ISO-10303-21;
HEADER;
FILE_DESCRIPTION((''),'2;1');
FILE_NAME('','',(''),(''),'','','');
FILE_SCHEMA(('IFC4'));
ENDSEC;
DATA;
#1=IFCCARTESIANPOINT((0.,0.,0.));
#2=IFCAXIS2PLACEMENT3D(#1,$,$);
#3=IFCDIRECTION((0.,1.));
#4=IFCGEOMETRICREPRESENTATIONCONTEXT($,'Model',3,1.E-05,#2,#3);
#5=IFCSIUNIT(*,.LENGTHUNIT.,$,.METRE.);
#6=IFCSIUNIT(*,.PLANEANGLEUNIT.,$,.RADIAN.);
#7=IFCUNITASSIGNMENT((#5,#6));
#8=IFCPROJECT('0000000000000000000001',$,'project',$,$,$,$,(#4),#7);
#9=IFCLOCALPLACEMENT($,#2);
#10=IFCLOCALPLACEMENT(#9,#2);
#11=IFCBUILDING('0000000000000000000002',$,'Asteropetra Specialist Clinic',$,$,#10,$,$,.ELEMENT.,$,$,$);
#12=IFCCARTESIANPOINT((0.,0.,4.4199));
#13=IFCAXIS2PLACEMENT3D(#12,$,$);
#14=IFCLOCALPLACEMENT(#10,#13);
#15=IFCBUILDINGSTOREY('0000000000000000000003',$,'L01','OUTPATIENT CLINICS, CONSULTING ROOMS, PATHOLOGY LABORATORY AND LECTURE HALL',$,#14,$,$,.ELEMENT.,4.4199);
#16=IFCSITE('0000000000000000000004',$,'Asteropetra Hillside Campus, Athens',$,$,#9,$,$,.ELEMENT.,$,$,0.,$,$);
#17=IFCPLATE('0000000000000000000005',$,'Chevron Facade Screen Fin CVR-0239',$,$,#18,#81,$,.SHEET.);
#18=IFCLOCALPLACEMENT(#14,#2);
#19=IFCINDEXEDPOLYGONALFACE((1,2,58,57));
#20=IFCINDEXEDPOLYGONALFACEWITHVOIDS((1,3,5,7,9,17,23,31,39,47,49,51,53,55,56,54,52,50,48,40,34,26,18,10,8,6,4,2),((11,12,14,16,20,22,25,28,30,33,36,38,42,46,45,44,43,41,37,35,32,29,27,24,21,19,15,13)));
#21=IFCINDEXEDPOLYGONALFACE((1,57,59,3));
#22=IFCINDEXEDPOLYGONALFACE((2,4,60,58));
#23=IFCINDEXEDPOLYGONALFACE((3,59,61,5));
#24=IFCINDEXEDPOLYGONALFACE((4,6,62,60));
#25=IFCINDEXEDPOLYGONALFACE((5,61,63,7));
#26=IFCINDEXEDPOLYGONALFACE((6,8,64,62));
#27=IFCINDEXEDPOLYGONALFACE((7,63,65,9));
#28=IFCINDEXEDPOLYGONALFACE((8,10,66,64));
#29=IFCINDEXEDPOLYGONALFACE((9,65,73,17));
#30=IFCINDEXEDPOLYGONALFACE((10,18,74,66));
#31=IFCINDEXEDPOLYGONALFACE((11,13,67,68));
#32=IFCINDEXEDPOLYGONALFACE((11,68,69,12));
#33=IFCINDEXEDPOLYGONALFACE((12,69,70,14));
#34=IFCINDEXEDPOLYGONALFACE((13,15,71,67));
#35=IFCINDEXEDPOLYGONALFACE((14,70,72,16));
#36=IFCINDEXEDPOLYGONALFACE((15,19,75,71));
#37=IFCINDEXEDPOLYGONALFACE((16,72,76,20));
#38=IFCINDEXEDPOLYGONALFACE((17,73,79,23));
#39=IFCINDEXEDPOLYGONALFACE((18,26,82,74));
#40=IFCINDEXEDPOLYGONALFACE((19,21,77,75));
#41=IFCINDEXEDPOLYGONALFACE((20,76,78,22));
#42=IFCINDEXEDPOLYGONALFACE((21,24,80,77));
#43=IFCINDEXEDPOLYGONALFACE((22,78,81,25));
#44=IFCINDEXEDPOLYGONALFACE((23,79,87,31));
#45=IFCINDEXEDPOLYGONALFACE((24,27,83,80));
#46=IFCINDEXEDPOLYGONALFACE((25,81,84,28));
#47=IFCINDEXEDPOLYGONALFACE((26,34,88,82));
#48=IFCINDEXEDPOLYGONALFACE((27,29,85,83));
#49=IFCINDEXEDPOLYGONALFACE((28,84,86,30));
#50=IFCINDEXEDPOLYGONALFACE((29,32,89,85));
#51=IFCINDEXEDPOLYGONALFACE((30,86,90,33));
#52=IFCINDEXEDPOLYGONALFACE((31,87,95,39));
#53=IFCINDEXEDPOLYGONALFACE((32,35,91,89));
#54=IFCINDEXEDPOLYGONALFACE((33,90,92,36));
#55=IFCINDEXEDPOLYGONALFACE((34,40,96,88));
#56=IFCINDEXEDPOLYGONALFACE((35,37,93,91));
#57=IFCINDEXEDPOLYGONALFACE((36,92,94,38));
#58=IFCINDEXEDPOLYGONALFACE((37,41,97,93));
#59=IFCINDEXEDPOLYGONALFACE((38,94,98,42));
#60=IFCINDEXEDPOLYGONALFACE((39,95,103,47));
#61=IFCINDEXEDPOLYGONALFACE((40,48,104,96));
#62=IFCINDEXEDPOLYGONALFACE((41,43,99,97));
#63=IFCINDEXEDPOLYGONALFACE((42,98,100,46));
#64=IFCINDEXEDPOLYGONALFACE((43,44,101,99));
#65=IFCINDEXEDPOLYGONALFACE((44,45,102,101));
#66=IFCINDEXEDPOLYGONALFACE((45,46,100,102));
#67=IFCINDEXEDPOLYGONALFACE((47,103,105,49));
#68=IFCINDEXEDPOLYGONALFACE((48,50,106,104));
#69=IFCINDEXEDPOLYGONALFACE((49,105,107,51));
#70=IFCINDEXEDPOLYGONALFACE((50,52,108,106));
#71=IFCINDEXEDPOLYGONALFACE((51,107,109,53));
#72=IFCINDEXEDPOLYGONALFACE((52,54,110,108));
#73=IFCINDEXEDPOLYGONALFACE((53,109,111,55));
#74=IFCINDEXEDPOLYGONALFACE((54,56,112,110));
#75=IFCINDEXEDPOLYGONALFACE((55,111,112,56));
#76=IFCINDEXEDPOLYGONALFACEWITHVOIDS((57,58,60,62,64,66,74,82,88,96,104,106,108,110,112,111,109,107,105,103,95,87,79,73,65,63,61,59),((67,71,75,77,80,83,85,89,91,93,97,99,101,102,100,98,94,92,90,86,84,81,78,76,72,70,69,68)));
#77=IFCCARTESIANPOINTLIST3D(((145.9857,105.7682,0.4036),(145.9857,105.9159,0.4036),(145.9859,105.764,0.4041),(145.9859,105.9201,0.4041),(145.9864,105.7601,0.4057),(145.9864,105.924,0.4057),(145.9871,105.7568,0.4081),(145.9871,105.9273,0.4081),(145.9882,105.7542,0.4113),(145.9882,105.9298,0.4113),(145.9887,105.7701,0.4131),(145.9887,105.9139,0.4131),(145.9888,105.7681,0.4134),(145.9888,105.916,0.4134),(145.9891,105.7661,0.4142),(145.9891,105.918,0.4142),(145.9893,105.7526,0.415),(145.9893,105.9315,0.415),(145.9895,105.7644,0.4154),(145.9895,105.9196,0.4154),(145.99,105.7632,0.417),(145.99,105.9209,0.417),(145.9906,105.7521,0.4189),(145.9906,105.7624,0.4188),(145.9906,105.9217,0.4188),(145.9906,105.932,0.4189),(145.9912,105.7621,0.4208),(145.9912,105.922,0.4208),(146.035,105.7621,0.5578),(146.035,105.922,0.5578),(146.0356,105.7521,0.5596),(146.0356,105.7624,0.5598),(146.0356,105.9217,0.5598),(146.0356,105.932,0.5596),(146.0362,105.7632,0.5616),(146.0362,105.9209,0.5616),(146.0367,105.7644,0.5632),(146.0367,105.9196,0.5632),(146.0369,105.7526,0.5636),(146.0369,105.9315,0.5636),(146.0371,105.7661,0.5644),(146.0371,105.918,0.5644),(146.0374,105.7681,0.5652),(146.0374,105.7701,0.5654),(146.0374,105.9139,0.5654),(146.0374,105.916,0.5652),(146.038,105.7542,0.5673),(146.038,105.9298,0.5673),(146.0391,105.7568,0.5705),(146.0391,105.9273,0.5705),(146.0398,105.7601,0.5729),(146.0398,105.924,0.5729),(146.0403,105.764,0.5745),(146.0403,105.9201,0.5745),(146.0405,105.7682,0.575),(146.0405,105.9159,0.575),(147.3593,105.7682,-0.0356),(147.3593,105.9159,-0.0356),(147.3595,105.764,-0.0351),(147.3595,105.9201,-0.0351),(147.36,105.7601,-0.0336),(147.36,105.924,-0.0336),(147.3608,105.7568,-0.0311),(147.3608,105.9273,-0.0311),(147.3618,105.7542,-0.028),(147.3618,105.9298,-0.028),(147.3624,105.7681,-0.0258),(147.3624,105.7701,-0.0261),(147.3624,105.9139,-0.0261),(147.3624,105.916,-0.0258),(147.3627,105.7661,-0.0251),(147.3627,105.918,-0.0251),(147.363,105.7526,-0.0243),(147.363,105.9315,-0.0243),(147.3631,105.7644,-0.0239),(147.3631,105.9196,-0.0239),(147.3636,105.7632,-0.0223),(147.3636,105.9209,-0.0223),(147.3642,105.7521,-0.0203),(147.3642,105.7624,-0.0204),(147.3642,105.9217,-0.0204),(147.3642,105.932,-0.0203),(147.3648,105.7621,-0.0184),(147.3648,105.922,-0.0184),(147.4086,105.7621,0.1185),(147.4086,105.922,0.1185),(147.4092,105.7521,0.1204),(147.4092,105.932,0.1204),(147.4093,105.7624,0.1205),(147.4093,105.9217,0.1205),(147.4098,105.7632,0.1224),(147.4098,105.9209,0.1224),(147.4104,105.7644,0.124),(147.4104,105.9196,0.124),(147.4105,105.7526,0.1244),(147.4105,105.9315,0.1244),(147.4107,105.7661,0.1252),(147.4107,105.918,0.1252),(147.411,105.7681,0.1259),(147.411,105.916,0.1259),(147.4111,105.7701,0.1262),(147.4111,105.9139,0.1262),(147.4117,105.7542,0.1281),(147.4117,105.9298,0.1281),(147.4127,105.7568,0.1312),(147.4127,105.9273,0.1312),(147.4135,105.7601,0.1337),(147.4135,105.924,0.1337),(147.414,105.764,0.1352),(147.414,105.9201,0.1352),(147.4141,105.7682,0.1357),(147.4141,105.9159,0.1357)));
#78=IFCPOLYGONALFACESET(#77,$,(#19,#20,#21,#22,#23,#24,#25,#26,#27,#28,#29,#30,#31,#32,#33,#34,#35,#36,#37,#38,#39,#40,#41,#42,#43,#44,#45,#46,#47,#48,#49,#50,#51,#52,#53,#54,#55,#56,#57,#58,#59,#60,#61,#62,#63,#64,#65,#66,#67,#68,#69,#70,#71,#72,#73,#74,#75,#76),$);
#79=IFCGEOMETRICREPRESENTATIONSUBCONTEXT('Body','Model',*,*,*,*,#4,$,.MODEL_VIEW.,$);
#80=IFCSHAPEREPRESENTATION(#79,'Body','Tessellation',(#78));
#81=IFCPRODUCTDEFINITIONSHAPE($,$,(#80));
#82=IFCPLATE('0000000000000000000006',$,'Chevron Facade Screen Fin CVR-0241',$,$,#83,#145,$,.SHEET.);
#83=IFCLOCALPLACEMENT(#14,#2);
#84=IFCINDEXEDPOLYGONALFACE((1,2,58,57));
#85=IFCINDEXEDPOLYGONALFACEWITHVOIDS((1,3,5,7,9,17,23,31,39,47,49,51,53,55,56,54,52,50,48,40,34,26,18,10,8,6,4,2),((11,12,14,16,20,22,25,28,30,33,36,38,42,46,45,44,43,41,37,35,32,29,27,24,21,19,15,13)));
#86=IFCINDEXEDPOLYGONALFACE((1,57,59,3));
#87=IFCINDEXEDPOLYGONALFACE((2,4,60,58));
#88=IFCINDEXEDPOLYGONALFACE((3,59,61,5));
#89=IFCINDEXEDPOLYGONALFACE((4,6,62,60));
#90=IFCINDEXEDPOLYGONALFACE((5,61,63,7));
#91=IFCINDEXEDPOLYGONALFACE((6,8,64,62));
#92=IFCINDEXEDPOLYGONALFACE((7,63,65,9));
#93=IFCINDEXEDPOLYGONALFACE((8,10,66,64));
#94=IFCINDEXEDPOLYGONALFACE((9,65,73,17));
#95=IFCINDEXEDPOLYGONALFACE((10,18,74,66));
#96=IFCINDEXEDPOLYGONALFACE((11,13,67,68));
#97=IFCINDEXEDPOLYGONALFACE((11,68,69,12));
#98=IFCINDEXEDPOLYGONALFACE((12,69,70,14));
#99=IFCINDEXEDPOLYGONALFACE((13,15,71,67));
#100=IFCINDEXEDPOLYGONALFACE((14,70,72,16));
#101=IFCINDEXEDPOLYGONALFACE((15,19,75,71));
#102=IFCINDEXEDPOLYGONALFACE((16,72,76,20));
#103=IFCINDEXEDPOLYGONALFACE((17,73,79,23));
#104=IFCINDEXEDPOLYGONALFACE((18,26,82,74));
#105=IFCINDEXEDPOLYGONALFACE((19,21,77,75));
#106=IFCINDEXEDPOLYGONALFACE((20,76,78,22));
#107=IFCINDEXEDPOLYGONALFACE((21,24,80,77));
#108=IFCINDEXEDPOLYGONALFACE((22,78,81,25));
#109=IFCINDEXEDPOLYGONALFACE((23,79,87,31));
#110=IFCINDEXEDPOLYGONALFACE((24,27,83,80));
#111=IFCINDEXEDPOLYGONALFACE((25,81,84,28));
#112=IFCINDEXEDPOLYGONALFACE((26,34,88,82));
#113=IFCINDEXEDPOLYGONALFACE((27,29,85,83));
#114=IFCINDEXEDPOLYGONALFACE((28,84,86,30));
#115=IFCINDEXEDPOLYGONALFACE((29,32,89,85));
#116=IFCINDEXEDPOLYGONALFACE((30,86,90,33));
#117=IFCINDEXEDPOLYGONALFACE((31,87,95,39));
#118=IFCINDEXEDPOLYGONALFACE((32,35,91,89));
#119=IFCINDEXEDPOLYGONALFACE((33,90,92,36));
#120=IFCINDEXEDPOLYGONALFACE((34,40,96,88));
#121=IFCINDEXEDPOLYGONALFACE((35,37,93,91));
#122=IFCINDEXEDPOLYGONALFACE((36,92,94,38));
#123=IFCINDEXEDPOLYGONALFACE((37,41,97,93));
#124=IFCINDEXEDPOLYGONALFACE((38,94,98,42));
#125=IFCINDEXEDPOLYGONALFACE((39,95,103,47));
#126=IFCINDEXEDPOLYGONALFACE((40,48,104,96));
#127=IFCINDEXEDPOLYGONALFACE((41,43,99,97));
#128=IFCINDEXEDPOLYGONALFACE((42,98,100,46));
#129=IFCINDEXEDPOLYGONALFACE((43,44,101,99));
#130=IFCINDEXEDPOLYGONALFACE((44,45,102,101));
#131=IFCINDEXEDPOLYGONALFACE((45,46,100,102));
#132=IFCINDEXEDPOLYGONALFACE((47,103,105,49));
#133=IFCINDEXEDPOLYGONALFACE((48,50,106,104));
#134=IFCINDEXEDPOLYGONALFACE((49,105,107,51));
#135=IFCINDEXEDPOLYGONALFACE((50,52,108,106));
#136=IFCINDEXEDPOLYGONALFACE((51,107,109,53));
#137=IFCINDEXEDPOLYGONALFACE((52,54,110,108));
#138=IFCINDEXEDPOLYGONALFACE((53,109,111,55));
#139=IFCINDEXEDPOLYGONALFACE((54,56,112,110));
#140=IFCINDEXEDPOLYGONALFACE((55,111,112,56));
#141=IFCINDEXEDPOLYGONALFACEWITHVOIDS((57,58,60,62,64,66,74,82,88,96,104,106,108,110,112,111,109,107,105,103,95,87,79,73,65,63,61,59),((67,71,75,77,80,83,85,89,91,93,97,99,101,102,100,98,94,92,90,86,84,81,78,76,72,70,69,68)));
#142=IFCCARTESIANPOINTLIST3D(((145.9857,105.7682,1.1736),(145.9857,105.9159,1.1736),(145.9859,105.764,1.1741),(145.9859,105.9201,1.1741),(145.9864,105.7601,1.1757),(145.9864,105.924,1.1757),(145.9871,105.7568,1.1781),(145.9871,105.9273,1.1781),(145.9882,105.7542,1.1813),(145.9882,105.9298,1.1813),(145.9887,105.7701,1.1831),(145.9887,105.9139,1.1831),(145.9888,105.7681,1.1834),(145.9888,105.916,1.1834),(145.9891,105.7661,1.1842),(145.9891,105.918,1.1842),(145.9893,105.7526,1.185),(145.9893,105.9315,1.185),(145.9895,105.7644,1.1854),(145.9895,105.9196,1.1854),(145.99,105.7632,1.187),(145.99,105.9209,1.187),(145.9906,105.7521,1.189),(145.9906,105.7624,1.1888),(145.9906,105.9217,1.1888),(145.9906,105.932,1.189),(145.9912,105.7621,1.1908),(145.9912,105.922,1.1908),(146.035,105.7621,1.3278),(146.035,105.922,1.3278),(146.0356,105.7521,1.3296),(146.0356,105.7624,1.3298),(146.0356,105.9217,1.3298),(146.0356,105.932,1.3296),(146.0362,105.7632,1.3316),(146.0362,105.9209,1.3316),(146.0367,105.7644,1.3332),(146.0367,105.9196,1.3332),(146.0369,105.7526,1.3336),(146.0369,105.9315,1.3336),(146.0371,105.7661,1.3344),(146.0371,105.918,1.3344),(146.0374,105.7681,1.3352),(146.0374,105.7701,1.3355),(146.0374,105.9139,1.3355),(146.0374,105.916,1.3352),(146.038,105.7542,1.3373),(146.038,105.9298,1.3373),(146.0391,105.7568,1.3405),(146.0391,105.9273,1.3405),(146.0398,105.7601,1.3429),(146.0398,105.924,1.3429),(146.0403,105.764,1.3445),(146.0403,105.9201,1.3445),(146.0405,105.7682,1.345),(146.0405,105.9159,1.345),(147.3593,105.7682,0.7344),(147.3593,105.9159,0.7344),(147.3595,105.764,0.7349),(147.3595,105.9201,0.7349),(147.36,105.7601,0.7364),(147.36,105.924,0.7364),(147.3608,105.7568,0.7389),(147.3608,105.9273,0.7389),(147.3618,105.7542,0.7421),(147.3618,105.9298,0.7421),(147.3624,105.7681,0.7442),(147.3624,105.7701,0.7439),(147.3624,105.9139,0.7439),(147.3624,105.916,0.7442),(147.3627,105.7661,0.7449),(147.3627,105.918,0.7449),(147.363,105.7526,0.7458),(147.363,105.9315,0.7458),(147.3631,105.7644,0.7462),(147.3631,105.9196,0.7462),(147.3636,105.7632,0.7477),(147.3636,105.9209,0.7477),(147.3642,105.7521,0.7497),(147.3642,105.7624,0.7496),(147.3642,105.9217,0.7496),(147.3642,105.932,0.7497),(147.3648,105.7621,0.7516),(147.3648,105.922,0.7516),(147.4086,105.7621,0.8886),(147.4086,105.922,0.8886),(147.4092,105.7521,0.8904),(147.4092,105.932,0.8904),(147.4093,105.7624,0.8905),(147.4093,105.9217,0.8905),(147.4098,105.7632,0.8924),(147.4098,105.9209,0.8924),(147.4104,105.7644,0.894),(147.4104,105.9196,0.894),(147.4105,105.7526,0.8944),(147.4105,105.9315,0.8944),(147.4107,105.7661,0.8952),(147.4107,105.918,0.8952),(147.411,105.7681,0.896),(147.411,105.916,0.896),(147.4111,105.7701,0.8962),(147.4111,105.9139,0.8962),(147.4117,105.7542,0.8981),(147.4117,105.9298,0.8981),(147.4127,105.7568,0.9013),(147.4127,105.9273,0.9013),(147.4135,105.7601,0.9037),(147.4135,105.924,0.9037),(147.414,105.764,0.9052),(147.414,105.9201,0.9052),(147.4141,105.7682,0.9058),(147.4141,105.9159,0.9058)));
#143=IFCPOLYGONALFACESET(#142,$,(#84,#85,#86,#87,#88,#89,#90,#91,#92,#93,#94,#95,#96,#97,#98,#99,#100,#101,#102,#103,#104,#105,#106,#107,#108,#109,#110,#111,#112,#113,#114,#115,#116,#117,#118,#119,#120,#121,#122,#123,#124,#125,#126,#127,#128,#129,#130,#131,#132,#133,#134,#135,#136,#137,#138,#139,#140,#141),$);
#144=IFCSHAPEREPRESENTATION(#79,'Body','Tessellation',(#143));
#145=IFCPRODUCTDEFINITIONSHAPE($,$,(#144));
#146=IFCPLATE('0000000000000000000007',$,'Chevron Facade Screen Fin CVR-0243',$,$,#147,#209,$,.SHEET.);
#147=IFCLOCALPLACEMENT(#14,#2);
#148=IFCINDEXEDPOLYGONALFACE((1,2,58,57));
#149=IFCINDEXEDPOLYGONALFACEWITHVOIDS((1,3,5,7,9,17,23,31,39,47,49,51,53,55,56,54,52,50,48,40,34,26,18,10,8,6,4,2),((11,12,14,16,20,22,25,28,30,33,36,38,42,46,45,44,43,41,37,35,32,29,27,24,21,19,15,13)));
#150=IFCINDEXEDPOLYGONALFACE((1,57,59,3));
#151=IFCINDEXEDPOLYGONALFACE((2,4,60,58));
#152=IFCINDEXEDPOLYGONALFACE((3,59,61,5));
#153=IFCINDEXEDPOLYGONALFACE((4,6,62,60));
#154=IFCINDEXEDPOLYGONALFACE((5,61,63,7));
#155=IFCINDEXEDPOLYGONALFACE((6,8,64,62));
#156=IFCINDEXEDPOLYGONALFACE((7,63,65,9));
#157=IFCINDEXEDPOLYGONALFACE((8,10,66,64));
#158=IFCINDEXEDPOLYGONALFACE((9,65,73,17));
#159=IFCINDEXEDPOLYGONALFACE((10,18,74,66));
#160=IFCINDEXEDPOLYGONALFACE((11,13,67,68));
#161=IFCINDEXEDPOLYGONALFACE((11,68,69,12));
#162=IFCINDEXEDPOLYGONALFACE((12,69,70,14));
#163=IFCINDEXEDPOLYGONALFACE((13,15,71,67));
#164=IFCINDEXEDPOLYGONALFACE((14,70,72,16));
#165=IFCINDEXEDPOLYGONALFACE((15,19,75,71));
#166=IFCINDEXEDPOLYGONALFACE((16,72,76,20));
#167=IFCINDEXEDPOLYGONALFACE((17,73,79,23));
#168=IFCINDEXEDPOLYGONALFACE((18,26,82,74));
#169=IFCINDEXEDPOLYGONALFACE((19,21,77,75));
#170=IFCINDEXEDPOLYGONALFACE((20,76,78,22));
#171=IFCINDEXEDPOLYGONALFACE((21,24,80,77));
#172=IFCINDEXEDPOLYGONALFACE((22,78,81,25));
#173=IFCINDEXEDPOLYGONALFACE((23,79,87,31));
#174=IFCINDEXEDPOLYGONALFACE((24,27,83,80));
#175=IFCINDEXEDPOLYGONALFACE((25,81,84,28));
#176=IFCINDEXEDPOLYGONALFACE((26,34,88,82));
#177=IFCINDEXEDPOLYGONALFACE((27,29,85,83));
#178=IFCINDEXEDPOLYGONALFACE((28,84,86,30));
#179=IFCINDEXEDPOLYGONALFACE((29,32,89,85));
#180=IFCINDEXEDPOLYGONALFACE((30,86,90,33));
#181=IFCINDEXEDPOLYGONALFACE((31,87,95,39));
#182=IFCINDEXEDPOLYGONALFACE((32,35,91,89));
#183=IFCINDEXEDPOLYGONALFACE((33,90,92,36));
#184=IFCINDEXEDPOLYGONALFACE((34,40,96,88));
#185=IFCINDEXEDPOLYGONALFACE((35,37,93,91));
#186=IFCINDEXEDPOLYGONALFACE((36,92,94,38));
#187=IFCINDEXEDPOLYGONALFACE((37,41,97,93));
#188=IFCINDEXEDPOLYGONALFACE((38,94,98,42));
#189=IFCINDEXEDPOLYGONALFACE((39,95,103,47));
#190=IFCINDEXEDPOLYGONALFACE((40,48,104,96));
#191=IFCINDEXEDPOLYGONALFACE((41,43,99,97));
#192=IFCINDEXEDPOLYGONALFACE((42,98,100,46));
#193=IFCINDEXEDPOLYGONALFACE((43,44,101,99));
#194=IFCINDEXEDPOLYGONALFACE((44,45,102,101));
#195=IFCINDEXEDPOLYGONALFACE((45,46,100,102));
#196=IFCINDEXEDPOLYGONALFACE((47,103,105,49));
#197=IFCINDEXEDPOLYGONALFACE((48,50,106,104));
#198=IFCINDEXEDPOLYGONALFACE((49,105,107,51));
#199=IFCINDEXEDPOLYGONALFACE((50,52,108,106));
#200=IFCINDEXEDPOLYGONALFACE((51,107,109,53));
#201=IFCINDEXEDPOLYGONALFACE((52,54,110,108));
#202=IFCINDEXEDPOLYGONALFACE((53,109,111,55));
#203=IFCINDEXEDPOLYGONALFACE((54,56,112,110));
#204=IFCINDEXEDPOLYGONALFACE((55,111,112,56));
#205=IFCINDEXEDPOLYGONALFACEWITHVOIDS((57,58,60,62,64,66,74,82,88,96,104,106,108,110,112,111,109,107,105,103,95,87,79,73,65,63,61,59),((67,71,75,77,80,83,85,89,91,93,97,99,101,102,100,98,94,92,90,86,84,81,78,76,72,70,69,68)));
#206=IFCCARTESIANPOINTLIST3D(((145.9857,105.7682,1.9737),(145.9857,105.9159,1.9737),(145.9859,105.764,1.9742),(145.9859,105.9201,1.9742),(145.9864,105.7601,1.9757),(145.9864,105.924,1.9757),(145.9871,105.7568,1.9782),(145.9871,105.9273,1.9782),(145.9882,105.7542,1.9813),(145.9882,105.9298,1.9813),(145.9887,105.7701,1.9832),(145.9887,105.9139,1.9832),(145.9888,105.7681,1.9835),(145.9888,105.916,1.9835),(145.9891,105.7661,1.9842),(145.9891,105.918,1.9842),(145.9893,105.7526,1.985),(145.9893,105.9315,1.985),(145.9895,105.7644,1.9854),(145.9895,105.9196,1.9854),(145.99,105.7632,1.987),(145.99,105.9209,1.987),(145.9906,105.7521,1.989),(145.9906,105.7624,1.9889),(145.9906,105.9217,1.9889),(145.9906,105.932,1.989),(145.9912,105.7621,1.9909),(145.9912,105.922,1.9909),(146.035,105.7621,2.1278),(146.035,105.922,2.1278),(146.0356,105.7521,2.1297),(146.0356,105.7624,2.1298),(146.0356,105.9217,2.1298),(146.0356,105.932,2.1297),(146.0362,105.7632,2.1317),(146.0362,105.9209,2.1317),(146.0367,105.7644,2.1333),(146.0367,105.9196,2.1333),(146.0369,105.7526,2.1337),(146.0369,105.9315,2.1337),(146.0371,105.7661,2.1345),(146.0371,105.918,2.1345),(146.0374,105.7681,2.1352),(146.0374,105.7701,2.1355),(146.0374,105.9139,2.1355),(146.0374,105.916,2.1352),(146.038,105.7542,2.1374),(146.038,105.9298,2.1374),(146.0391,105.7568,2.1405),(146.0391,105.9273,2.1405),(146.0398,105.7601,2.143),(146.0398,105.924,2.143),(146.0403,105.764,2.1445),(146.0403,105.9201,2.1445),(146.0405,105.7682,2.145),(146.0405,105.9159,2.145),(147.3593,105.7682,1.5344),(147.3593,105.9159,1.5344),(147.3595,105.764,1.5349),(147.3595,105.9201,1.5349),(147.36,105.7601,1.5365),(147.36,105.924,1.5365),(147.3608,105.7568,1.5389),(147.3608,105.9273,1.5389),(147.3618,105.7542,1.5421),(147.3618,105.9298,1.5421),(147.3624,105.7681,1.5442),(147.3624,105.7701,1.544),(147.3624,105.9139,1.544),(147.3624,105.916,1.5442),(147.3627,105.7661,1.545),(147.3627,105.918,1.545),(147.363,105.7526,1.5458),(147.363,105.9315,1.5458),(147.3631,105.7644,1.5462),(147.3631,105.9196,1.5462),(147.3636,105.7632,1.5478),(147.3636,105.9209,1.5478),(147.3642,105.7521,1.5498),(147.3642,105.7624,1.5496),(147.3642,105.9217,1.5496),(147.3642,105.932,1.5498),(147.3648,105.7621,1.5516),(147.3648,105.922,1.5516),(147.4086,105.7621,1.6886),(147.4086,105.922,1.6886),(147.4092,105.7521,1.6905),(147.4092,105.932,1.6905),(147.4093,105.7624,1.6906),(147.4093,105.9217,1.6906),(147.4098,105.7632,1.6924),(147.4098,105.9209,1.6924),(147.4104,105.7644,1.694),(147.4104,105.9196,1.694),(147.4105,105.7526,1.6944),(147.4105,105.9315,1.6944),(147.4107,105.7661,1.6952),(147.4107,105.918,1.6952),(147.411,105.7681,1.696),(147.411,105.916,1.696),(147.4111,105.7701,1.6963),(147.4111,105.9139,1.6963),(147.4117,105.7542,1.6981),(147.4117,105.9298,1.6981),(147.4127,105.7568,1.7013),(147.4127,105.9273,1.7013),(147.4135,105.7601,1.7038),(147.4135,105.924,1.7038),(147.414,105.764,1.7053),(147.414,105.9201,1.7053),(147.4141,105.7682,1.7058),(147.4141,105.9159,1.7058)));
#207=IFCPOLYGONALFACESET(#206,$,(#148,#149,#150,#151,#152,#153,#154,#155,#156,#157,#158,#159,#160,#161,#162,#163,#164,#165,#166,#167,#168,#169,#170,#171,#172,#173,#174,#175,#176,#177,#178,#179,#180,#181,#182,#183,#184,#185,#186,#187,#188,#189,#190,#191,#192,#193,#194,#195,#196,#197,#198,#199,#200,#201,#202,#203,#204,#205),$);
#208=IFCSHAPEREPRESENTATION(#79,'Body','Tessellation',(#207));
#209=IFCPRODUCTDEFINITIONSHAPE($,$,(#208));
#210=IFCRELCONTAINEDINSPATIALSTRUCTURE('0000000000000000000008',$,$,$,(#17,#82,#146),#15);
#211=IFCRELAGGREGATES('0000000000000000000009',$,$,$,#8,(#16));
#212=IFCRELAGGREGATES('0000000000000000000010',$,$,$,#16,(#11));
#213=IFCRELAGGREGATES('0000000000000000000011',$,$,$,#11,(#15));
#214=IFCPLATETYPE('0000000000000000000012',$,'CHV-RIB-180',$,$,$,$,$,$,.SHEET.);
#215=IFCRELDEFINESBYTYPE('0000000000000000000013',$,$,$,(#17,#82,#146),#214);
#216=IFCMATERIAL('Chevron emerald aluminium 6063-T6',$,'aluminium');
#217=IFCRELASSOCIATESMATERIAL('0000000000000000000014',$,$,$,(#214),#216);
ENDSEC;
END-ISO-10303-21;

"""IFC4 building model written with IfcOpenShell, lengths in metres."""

from ifc_helpers import new_model, si_unit, direction, frame, origin, origin_2d, place, context, subcontext, project, spatial, hollow_rectangle, extrude, material, material_profile, profile_set, type_object, element, save


model = new_model("IFC4")

# Units and contexts
model_context = context("Model", 3, precision=1e-05, world=origin(), true_north=direction((0.0, 1.0)))
body_context = subcontext(model_context, "Body", "Model", "MODEL_VIEW")
ifc_project = project(units=[si_unit("LENGTHUNIT", "METRE"), si_unit("PLANEANGLEUNIT", "RADIAN")], contexts=[model_context])

# Site, building, storey
site_placement = place(None, origin())
site = spatial("IfcSite", under=ifc_project, at=site_placement, Name="Asteropetra Hillside Campus, Athens", CompositionType="ELEMENT", RefElevation=0.0)
building_placement = place(site_placement, origin())
building = spatial("IfcBuilding", under=site, at=building_placement, Name="Asteropetra Specialist Clinic", CompositionType="ELEMENT")
storey_placement = place(building_placement, frame((0.0, 0.0, 4.4199)))
storey = spatial("IfcBuildingStorey", under=building, at=storey_placement, Name="L01", Description="OUTPATIENT CLINICS, CONSULTING ROOMS, PATHOLOGY LABORATORY AND LECTURE HALL", CompositionType="ELEMENT", Elevation=4.4199)

# Plates
ifc_material_1 = material(Name="Chevron emerald aluminium 6063-T6", Category="aluminium")
ifc_material_profile = material_profile(ifc_material_1, hollow_rectangle(XDim=0.1799, YDim=0.1799, WallThickness=0.01, InnerFilletRadius=0.0081, OuterFilletRadius=0.0161, at=origin_2d()), Name="SHS 180x180x10.0")
ifc_profile_set = profile_set([ifc_material_profile], Name="Chevron emerald aluminium 6063-T6")
plate_type = type_object("IfcPlateType", Name="CHV-RIB-180", PredefinedType="SHEET", material=ifc_profile_set)
for number, where, z_axis, x_axis, name in (
    (1, (147.3867, 105.842, 0.05), (-0.952489, 0.0, 0.304573), (0.0, -1.0, 0.0), "Chevron Facade Screen Fin CVR-0239"),
    (2, (147.3867, 105.842, 0.8201), (-0.952489, 0.0, 0.304573), (0.0, -1.0, 0.0), "Chevron Facade Screen Fin CVR-0241"),
    (3, (147.3867, 105.842, 1.6201), (-0.952489, 0.0, 0.304573), (0.0, -1.0, 0.0), "Chevron Facade Screen Fin CVR-0243"),
):
    element("IfcPlate", number, at=place(storey_placement, frame(where, z_axis=z_axis, x_axis=x_axis)), inside=storey, type_object=plate_type, Name=name, PredefinedType="SHEET", context=body_context, shape_type="SweptSolid", body=[
        extrude(hollow_rectangle(XDim=0.1799, YDim=0.1799, WallThickness=0.01, InnerFilletRadius=0.0081, OuterFilletRadius=0.0161, at=origin_2d()), origin(), (0.0, 0.0, 1.0), 1.4421),
    ])

save(model, "model.ifc")
